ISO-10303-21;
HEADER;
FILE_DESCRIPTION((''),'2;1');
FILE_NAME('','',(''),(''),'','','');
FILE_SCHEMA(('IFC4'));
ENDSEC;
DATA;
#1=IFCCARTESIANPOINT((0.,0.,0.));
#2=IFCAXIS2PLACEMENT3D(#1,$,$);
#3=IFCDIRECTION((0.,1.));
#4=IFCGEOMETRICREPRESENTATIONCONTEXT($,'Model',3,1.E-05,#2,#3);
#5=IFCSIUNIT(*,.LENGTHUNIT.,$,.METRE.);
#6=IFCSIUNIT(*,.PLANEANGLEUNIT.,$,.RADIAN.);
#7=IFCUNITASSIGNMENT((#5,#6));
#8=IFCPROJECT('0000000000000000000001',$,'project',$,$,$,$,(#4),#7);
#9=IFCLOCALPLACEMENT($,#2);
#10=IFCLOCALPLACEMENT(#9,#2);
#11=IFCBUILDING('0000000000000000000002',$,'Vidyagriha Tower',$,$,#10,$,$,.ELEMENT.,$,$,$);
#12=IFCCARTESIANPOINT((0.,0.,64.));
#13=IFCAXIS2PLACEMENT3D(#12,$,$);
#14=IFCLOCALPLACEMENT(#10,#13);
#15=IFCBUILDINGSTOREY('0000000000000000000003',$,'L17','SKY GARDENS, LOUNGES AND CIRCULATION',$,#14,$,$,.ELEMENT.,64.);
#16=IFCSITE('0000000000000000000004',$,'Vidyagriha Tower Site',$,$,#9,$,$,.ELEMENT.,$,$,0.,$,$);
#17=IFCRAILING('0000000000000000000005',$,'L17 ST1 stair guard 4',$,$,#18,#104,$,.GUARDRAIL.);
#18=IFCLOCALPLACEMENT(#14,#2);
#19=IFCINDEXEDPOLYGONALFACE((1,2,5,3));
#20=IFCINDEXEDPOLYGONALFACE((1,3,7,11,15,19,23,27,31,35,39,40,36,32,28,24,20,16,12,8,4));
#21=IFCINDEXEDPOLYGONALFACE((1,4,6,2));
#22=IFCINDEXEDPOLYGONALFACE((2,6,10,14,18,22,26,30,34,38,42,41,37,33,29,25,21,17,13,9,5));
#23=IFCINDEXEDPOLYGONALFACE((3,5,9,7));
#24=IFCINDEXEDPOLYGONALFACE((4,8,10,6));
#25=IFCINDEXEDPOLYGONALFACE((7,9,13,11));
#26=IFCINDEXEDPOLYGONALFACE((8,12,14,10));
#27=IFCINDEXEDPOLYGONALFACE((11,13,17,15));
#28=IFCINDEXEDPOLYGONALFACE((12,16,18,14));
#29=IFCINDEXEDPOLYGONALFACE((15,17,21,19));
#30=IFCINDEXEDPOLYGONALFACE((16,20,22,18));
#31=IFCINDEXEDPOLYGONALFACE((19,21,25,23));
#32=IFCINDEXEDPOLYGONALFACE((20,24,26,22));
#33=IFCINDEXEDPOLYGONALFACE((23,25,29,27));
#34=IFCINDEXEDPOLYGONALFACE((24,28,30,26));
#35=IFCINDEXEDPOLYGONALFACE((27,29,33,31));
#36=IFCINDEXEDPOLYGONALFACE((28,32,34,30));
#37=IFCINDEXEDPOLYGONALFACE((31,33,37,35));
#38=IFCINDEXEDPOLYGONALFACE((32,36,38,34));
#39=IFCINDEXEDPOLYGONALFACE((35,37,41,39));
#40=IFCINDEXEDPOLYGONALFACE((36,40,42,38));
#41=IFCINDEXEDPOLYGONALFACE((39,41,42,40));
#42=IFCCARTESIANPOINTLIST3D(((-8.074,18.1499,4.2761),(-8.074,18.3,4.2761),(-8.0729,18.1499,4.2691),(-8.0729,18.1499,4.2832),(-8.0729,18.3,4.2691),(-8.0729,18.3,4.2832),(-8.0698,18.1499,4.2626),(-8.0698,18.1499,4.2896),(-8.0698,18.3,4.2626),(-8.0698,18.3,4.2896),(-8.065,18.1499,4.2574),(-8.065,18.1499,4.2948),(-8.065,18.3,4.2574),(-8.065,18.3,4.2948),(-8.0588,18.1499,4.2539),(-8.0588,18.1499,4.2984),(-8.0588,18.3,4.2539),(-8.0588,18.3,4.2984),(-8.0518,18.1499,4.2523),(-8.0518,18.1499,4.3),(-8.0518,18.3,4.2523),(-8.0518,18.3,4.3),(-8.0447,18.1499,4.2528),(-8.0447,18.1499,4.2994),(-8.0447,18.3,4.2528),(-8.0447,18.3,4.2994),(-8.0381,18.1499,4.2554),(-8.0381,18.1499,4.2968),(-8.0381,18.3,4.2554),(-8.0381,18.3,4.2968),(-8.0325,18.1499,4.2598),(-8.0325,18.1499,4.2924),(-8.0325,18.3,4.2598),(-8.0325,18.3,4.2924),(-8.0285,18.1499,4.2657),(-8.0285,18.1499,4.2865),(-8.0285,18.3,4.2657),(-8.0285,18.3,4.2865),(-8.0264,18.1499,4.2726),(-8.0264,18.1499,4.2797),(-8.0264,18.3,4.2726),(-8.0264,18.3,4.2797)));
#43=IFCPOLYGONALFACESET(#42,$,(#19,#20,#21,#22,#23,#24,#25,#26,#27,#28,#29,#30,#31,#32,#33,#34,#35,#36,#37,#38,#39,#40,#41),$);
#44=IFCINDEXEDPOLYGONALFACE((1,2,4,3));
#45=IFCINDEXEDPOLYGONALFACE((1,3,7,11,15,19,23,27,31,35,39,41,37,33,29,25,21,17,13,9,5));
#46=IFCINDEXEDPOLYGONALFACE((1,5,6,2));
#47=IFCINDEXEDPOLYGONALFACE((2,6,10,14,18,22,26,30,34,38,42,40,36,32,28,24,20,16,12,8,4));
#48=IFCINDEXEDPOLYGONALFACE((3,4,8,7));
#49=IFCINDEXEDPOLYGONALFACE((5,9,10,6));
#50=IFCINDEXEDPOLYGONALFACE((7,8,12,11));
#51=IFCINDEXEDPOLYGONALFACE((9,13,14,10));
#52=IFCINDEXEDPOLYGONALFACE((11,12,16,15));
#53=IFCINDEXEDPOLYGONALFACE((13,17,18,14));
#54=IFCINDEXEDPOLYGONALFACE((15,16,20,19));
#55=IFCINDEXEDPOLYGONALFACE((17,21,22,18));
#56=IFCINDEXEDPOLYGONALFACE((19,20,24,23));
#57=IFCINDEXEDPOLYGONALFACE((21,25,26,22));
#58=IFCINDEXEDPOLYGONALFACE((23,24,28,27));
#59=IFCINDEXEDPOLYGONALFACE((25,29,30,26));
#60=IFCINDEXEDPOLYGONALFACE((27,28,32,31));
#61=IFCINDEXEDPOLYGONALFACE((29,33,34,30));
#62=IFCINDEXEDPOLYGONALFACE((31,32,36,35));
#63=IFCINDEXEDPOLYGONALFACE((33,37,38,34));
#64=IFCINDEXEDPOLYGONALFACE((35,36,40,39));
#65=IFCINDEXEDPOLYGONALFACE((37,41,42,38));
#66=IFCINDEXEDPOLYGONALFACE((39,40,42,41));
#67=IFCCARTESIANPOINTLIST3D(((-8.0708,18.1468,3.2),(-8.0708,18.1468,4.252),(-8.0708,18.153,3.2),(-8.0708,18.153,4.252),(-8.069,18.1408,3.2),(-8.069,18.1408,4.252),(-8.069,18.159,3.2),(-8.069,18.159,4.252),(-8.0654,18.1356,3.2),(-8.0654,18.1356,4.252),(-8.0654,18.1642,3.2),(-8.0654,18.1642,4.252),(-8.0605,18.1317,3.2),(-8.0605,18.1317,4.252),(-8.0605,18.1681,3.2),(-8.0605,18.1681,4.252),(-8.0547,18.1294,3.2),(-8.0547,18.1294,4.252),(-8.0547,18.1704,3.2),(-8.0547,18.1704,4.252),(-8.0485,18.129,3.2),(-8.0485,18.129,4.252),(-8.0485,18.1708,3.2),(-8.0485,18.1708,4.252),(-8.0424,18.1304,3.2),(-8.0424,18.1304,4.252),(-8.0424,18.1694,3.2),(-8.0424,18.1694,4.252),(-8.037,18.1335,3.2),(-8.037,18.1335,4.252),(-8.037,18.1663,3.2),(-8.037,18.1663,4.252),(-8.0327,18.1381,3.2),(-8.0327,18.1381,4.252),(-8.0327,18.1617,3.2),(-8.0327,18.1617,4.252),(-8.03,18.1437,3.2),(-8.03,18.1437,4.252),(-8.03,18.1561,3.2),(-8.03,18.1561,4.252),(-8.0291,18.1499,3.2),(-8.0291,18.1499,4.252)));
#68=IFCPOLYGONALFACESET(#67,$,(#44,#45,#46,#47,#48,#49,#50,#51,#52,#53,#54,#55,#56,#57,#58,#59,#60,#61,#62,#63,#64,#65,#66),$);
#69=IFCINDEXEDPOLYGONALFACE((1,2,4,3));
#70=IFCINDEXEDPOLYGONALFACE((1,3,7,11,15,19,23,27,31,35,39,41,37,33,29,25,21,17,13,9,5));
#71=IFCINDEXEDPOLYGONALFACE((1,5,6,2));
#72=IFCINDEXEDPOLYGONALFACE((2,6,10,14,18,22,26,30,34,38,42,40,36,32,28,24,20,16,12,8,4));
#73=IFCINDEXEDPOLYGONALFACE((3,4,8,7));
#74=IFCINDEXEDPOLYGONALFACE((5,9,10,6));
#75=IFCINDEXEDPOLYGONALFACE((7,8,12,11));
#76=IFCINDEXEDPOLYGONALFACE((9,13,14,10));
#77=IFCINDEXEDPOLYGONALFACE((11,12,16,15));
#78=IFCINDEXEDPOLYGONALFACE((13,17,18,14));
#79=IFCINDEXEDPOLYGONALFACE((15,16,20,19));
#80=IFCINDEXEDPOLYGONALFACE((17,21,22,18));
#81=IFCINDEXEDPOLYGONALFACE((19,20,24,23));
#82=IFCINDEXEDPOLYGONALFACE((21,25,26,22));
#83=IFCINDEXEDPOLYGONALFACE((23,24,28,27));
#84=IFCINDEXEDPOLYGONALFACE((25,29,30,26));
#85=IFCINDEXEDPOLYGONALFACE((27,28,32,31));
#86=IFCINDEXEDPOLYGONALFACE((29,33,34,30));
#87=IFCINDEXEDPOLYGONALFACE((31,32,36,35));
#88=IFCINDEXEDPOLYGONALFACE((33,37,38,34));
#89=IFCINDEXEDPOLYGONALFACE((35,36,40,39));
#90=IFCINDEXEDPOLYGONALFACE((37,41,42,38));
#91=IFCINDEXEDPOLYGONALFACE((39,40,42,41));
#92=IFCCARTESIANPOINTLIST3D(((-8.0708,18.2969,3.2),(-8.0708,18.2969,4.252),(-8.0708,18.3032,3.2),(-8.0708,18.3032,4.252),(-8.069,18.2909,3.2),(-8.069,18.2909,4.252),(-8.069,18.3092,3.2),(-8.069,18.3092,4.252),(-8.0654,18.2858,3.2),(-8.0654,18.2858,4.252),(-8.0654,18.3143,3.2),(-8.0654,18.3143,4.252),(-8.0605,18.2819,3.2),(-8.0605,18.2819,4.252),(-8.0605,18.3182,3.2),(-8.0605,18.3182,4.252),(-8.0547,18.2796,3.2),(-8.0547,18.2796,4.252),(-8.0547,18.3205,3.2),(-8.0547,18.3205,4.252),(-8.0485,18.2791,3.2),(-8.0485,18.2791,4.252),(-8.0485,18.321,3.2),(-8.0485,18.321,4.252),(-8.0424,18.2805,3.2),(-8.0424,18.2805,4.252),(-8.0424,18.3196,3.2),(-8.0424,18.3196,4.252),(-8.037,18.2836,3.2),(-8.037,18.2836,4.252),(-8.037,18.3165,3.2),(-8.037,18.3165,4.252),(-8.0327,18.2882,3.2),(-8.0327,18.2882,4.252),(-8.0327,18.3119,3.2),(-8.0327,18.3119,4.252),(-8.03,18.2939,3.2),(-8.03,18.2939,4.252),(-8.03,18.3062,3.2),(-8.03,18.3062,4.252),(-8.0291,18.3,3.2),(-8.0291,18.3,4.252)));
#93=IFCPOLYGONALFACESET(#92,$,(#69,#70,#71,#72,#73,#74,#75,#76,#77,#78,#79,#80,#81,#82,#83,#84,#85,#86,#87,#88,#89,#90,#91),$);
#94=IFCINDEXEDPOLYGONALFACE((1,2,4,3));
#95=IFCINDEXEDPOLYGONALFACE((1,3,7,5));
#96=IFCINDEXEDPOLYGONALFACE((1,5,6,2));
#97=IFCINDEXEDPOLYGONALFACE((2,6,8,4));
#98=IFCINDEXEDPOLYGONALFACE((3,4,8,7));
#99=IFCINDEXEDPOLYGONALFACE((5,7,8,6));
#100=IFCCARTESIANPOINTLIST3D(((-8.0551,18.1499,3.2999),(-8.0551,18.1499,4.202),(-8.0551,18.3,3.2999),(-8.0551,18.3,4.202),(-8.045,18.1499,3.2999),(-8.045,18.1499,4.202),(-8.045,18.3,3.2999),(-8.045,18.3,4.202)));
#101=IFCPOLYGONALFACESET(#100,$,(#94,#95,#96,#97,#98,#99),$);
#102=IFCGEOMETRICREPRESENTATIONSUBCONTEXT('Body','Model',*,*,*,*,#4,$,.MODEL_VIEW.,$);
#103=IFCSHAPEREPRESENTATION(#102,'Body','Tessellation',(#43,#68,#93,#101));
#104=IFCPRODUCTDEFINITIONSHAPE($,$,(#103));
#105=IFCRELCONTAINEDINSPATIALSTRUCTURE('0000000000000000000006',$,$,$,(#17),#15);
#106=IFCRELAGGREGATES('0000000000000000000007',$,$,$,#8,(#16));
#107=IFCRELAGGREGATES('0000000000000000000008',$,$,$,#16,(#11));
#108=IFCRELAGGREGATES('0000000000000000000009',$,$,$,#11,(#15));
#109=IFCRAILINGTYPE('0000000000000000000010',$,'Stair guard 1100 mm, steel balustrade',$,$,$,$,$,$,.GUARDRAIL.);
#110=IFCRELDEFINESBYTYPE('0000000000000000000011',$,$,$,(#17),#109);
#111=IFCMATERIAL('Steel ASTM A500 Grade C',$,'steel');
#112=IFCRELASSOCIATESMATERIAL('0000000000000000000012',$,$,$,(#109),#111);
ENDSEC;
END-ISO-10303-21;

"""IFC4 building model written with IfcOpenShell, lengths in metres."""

from ifc_helpers import new_model, si_unit, direction, frame, origin, origin_2d, place, context, subcontext, project, spatial, rectangle, circle, extrude, material, type_object, element, save


model = new_model("IFC4")

# Units and contexts
model_context = context("Model", 3, precision=1e-05, world=origin(), true_north=direction((0.0, 1.0)))
body_context = subcontext(model_context, "Body", "Model", "MODEL_VIEW")
ifc_project = project(units=[si_unit("LENGTHUNIT", "METRE"), si_unit("PLANEANGLEUNIT", "RADIAN")], contexts=[model_context])

# Site, building, storey
site_placement = place(None, origin())
site = spatial("IfcSite", under=ifc_project, at=site_placement, Name="Vidyagriha Tower Site", CompositionType="ELEMENT", RefElevation=0.0)
building_placement = place(site_placement, origin())
building = spatial("IfcBuilding", under=site, at=building_placement, Name="Vidyagriha Tower", CompositionType="ELEMENT")
storey_placement = place(building_placement, frame((0.0, 0.0, 64.0)))
storey = spatial("IfcBuildingStorey", under=building, at=storey_placement, Name="L17", Description="SKY GARDENS, LOUNGES AND CIRCULATION", CompositionType="ELEMENT", Elevation=64.0)

# Railing
ifc_material_1 = material(Name="Steel ASTM A500 Grade C", Category="steel")
railing_type_1 = type_object("IfcRailingType", Name="Stair guard 1100 mm, steel balustrade", PredefinedType="GUARDRAIL", material=ifc_material_1)
railing_1_placement = place(storey_placement, frame((-8.05, 18.1499, 3.2)))
element("IfcRailing", 1, at=railing_1_placement, inside=storey, type_object=railing_type_1, Name="L17 ST1 stair guard 4", PredefinedType="GUARDRAIL", context=body_context, shape_type="SweptSolid", body=[
    extrude(circle(Radius=0.0239, at=origin_2d()), frame((0.0, 0.0, 1.0762), z_axis=(0.0, 1.0, 0.0), x_axis=(-1.0, 0.0, 0.0)), (0.0, 0.0, 1.0), 0.1501),
    extrude(circle(Radius=0.021, at=origin_2d()), origin(), (0.0, 0.0, 1.0), 1.052),
    extrude(circle(Radius=0.021, at=origin_2d()), frame((0.0, 0.1501, 0.0)), (0.0, 0.0, 1.0), 1.052),
    extrude(rectangle(XDim=0.01, YDim=0.9021, at=origin_2d()), frame((0.0, 0.0, 0.551), z_axis=(0.0, 1.0, 0.0), x_axis=(-1.0, 0.0, 0.0)), (0.0, 0.0, 1.0), 0.1501),
])

save(model, "model.ifc")
